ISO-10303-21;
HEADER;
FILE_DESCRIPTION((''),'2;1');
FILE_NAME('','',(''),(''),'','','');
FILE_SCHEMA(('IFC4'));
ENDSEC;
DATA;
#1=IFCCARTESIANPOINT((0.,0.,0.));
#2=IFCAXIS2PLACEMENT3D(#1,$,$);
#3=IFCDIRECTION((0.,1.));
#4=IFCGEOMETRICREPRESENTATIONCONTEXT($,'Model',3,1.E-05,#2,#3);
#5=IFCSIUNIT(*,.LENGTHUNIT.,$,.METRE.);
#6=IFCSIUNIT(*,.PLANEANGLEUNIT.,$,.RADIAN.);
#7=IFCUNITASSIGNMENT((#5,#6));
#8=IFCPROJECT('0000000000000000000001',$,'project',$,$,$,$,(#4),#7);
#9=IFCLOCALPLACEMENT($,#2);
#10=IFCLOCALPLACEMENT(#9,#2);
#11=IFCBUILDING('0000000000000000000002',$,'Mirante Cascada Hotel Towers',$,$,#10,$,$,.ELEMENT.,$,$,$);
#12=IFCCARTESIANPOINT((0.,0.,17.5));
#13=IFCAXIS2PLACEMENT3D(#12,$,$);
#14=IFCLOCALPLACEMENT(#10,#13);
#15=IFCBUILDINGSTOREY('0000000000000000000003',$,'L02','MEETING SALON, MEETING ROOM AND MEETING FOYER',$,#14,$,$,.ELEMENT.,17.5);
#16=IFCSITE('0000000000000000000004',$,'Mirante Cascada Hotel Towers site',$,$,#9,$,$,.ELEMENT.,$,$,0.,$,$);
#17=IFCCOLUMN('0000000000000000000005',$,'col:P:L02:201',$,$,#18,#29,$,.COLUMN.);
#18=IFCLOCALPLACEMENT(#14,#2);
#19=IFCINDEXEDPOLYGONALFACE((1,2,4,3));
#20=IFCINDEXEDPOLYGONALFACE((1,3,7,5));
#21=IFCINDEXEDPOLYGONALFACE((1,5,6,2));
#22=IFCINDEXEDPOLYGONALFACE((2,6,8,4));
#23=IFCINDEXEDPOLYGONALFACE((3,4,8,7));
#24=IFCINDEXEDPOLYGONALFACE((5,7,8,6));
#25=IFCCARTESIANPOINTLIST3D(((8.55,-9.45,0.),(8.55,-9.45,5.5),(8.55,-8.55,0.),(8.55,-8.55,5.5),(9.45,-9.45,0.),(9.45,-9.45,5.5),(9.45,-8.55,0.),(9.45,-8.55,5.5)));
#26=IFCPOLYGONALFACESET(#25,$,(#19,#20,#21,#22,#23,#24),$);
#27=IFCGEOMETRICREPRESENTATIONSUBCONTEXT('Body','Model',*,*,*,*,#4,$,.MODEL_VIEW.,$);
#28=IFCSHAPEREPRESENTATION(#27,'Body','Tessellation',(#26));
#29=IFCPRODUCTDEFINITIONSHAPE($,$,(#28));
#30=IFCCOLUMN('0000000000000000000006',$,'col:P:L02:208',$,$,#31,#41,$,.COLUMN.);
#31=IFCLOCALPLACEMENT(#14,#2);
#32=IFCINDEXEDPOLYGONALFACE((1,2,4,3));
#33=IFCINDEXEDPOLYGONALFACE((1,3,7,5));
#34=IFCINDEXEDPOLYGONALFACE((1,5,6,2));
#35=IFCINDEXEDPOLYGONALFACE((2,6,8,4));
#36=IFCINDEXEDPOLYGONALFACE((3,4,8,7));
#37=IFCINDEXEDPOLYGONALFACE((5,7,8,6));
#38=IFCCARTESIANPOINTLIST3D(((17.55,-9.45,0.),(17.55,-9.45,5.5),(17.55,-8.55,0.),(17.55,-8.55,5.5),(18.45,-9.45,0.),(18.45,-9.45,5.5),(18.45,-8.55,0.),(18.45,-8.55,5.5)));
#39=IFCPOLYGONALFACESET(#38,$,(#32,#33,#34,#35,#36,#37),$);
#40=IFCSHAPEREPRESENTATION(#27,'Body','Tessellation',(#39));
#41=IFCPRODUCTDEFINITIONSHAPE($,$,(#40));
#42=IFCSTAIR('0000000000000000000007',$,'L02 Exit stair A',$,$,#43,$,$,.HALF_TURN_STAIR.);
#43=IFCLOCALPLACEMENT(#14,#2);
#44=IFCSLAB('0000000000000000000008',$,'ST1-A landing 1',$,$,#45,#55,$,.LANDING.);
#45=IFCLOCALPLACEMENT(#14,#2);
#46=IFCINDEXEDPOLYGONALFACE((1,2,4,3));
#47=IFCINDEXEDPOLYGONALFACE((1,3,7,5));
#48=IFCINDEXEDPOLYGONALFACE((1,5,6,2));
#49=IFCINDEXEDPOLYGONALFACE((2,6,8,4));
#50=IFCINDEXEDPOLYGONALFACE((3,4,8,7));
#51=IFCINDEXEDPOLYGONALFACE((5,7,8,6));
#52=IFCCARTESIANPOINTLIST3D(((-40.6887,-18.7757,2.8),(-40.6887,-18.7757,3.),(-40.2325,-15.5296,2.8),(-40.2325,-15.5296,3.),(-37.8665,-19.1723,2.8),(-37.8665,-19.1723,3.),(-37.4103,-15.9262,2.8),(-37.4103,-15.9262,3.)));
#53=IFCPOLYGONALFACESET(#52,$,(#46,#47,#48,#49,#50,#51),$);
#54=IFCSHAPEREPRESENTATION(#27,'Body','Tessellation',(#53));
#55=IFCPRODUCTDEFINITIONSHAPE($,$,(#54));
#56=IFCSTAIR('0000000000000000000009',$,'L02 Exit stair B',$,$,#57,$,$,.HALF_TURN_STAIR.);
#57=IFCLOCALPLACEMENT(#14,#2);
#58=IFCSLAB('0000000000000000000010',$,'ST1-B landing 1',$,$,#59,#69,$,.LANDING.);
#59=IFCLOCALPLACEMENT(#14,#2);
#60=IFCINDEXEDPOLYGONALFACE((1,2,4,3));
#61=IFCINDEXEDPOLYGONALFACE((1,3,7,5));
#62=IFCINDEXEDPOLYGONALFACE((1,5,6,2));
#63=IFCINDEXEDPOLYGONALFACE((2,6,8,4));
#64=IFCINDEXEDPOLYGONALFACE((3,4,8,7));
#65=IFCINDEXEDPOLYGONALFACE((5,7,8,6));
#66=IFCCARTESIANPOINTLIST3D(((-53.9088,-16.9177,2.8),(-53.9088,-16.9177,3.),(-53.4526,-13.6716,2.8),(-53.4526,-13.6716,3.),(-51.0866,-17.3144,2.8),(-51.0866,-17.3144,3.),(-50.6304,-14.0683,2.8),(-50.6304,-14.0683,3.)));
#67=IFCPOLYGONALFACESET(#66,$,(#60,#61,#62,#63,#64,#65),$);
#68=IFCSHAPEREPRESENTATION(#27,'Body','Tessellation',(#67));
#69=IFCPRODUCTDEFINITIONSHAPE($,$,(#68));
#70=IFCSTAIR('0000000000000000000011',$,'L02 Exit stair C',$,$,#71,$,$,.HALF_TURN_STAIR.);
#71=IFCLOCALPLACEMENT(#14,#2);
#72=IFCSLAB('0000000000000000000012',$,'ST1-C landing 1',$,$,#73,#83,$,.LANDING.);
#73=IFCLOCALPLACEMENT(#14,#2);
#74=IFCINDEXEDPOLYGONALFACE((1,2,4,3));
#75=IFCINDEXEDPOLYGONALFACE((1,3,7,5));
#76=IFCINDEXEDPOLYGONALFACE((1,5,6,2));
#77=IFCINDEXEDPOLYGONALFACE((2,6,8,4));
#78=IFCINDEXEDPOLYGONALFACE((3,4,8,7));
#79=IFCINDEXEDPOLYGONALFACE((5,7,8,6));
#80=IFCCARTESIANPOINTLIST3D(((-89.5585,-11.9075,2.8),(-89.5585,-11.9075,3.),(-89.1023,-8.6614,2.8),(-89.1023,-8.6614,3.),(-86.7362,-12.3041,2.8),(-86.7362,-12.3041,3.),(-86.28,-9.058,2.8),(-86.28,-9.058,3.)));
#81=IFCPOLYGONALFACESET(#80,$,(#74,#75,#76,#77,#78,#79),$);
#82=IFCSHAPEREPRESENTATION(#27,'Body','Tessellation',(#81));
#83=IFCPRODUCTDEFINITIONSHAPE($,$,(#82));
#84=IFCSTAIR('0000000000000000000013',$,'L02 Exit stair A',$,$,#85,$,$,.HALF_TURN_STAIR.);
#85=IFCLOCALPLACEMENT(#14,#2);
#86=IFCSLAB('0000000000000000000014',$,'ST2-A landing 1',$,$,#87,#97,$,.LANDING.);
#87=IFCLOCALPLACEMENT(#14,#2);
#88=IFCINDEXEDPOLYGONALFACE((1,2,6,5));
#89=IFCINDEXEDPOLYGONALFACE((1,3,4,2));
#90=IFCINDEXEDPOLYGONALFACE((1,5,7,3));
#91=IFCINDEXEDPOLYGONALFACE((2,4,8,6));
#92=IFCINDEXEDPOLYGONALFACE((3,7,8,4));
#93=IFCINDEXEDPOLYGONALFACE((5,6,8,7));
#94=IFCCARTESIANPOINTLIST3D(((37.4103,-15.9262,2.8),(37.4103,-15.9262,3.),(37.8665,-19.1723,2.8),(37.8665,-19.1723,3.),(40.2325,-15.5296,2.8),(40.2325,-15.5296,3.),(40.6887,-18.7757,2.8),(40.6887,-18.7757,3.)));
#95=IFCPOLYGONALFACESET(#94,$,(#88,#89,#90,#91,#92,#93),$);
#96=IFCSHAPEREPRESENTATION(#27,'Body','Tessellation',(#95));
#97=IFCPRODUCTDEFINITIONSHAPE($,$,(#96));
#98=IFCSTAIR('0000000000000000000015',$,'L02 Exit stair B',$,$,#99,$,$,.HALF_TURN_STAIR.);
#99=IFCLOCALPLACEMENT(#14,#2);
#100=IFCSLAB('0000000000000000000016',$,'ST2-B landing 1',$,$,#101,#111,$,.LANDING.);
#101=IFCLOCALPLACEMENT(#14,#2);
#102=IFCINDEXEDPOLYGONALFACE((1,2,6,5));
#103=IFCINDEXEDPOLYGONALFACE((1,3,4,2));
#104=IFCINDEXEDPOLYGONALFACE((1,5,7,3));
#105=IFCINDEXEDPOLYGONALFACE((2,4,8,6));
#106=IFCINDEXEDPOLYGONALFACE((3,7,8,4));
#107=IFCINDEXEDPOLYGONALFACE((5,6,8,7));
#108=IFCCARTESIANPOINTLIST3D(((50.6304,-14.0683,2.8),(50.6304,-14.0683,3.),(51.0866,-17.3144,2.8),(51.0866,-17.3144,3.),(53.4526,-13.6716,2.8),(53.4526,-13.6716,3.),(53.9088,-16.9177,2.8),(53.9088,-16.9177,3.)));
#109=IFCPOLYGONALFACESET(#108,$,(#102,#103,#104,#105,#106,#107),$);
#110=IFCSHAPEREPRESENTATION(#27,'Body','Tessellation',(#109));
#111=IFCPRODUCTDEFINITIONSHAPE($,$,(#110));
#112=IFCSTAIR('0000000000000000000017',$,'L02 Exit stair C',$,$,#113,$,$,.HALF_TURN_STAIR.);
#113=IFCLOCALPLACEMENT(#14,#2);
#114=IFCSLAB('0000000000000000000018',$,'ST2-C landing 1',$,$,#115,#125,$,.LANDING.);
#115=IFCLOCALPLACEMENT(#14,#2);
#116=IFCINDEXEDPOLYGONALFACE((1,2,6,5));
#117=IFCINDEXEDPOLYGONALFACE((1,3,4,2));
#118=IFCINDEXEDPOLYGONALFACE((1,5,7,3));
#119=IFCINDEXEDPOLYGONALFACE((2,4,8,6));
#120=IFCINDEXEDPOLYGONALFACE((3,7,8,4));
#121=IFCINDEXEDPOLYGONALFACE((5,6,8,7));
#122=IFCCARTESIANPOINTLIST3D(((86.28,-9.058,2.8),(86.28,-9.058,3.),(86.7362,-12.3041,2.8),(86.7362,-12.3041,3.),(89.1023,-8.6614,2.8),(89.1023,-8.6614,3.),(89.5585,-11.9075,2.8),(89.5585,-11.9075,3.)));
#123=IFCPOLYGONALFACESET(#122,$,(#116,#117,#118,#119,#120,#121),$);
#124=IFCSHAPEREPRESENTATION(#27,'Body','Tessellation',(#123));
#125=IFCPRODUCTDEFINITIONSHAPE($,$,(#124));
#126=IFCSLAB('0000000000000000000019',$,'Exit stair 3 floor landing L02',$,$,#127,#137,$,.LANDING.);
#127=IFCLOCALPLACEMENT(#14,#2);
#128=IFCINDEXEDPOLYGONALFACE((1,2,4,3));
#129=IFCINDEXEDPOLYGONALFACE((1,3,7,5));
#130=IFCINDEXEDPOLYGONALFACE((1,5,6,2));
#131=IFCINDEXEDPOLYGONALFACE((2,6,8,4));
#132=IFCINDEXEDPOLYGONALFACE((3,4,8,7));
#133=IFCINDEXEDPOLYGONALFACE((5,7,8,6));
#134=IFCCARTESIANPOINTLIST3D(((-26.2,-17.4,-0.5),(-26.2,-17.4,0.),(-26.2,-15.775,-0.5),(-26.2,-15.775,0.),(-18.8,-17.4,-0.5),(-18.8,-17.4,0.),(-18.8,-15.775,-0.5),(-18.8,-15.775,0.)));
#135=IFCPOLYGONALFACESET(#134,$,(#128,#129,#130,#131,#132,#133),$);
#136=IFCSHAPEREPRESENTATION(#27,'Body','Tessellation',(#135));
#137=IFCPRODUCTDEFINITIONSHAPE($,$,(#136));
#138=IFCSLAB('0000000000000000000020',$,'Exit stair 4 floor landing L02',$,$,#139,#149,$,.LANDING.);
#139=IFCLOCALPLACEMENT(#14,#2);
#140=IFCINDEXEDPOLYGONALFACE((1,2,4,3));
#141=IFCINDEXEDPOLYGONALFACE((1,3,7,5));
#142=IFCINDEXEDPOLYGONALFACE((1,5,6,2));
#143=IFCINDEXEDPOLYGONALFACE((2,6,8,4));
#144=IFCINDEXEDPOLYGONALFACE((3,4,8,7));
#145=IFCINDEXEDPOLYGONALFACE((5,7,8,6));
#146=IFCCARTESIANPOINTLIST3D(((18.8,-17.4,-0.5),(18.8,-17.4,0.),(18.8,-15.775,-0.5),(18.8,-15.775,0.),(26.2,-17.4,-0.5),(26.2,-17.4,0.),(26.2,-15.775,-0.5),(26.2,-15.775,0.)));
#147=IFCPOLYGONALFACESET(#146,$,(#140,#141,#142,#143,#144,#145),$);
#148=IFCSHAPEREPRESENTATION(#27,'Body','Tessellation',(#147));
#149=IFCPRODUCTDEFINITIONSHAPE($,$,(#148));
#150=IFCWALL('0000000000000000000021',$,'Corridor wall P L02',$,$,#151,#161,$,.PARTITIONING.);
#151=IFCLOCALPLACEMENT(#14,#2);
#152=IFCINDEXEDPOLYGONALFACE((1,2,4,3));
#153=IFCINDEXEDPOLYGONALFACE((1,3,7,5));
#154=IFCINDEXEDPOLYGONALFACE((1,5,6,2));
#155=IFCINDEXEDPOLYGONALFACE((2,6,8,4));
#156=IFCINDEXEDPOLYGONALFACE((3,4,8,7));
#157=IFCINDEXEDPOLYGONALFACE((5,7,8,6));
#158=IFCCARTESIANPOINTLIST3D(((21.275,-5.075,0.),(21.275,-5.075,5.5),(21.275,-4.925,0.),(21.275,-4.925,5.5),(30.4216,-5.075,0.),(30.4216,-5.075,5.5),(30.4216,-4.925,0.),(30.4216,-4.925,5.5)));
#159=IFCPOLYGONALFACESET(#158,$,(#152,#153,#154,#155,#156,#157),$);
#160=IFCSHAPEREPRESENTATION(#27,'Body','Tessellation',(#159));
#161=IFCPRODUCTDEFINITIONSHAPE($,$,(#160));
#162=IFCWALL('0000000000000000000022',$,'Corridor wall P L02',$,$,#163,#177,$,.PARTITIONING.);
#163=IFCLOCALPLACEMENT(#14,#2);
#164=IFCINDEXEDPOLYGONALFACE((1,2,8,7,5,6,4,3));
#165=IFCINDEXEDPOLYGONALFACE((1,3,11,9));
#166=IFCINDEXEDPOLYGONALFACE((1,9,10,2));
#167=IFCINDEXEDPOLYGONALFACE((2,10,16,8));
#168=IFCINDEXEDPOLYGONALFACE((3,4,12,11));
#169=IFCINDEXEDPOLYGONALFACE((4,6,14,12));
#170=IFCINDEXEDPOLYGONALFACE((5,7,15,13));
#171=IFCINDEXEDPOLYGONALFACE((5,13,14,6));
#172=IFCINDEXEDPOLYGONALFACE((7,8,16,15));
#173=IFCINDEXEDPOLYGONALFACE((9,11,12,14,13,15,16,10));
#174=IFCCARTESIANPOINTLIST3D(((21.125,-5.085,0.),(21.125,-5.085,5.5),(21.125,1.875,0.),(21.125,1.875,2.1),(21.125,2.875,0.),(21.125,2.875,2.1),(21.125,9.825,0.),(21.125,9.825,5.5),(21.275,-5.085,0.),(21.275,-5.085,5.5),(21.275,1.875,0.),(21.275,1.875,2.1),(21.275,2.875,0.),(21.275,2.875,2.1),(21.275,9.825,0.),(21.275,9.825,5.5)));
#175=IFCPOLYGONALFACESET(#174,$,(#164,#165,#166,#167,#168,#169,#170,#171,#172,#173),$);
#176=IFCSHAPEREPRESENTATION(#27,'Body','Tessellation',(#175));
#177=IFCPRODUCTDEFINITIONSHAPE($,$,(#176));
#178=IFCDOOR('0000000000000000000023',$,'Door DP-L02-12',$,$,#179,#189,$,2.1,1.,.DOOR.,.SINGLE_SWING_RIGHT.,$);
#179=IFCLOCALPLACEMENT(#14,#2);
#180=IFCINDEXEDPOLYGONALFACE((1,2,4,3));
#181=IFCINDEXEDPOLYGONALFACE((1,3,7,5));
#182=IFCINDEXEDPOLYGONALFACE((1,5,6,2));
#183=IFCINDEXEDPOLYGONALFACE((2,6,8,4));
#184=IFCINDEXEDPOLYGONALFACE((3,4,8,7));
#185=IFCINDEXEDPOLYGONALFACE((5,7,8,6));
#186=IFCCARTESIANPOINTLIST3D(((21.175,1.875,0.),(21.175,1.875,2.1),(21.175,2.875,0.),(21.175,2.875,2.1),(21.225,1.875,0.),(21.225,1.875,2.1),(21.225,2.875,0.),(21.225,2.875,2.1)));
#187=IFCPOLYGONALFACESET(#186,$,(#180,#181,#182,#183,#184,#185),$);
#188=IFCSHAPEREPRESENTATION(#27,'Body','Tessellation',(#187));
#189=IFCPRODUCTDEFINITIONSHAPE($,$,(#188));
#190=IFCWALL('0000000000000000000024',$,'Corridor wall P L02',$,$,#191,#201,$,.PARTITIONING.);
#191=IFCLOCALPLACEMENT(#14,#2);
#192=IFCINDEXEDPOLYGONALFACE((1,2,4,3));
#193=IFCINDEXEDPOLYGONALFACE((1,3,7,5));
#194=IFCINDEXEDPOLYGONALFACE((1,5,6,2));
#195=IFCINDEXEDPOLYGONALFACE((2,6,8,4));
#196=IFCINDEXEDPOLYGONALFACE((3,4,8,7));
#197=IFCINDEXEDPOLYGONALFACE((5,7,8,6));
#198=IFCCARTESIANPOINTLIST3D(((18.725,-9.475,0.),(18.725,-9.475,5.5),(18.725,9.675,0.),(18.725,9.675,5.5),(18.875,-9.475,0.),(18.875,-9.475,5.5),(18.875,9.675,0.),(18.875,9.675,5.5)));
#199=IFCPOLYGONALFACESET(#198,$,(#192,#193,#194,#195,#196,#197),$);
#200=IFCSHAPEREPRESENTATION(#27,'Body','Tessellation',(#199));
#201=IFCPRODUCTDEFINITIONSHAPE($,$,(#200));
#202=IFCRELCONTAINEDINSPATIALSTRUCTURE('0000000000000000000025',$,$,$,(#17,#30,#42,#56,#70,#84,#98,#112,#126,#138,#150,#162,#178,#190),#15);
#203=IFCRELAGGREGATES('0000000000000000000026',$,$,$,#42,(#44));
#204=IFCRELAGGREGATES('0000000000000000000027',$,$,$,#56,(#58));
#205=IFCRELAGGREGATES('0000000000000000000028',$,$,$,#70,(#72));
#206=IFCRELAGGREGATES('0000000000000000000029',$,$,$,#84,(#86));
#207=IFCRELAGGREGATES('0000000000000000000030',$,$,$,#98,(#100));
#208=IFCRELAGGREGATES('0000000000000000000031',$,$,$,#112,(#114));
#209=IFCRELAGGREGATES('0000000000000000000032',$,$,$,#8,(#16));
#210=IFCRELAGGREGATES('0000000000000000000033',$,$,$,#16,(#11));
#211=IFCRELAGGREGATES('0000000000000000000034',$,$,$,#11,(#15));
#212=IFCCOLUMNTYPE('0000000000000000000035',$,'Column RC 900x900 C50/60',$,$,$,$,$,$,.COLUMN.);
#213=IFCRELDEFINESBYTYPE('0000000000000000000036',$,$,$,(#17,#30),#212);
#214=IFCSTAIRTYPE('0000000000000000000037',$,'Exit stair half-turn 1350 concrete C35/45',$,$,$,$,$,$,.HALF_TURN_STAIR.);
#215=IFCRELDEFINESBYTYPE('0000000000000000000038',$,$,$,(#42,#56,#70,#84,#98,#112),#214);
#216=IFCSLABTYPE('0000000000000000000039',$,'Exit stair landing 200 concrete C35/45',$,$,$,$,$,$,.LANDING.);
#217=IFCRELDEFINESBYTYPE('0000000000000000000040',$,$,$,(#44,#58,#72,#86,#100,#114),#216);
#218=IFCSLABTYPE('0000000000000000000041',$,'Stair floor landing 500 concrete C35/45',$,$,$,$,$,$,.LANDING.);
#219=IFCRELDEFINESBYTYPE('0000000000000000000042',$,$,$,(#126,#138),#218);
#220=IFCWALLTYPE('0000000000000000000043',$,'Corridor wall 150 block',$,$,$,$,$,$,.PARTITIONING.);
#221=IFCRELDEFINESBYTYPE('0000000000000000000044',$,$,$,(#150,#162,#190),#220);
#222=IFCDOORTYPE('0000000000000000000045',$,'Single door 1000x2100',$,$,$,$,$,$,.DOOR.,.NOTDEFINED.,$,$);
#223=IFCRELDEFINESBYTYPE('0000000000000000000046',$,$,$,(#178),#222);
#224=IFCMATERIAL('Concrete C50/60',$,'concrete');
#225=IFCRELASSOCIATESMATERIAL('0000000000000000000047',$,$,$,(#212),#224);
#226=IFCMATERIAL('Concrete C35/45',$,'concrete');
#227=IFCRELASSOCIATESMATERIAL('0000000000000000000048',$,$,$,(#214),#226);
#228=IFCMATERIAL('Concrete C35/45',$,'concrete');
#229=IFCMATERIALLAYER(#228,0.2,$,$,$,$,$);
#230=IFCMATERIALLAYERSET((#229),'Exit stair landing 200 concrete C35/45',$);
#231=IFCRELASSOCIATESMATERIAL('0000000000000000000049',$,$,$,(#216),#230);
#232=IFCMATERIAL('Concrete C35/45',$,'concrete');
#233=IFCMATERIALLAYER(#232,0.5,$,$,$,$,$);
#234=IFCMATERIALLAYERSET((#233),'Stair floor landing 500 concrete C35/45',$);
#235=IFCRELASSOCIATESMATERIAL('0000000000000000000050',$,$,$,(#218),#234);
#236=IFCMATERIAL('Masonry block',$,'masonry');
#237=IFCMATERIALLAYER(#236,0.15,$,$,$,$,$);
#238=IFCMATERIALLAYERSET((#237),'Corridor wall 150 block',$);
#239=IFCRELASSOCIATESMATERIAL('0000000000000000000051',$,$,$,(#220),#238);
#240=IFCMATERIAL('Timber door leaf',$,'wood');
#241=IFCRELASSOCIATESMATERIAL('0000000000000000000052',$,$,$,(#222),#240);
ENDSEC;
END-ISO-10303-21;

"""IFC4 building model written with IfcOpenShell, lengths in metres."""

from ifc_helpers import new_model, si_unit, direction, frame, frame_2d, origin, origin_2d, place, context, subcontext, project, spatial, polyline, rectangle, outline, extrude, material, layer, layer_set, material_profile, profile_set, type_object, element, fill, aggregate, save


model = new_model("IFC4")

# Units and contexts
model_context = context("Model", 3, precision=1e-05, world=origin(), true_north=direction((0.0, 1.0)))
body_context = subcontext(model_context, "Body", "Model", "MODEL_VIEW")
ifc_project = project(units=[si_unit("LENGTHUNIT", "METRE"), si_unit("PLANEANGLEUNIT", "RADIAN")], contexts=[model_context])

# Site, building, storey
site_placement = place(None, origin())
site = spatial("IfcSite", under=ifc_project, at=site_placement, Name="Mirante Cascada Hotel Towers site", CompositionType="ELEMENT", RefElevation=0.0)
building_placement = place(site_placement, origin())
building = spatial("IfcBuilding", under=site, at=building_placement, Name="Mirante Cascada Hotel Towers", CompositionType="ELEMENT")
storey_placement = place(building_placement, frame((0.0, 0.0, 17.5)))
storey = spatial("IfcBuildingStorey", under=building, at=storey_placement, Name="L02", Description="MEETING SALON, MEETING ROOM AND MEETING FOYER", CompositionType="ELEMENT", Elevation=17.5)

# Columns
ifc_material_1 = material(Name="Concrete C50/60", Category="concrete")
ifc_material_profile = material_profile(ifc_material_1, rectangle(XDim=0.9, YDim=0.9, at=origin_2d()), Name="RC 900x900")
ifc_profile_set = profile_set([ifc_material_profile], Name="Concrete C50/60")
column_type = type_object("IfcColumnType", Name="Column RC 900x900 C50/60", PredefinedType="COLUMN", material=ifc_profile_set)
for number, where, z_axis, x_axis, name in (
    (1, (9.0, -9.0, 0.0), (0.0, 0.0, 1.0), (1.0, 0.0, 0.0), "col:P:L02:201"),
    (2, (18.0, -9.0, 0.0), (0.0, 0.0, 1.0), (1.0, 0.0, 0.0), "col:P:L02:208"),
):
    element("IfcColumn", number, at=place(storey_placement, frame(where, z_axis=z_axis, x_axis=x_axis)), inside=storey, type_object=column_type, Name=name, PredefinedType="COLUMN", context=body_context, shape_type="SweptSolid", body=[
        extrude(rectangle(XDim=0.9, YDim=0.9, at=origin_2d()), origin(), (0.0, 0.0, 1.0), 5.5),
    ])

# Stairs, slabs
ifc_material_2 = material(Name="Concrete C35/45", Category="concrete")
stair_type_1 = type_object("IfcStairType", Name="Exit stair half-turn 1350 concrete C35/45", PredefinedType="HALF_TURN_STAIR", material=ifc_material_2)
stair_1_placement = place(storey_placement, origin())
stair_1 = element("IfcStair", 3, at=stair_1_placement, inside=storey, type_object=stair_type_1, Name="L02 Exit stair A", PredefinedType="HALF_TURN_STAIR")
ifc_material_3 = material(Name="Concrete C35/45", Category="concrete")
ifc_layer_1 = layer(ifc_material_3, 0.2)
ifc_layer_set_1 = layer_set([ifc_layer_1], Name="Exit stair landing 200 concrete C35/45")
slab_type_1 = type_object("IfcSlabType", Name="Exit stair landing 200 concrete C35/45", PredefinedType="LANDING", material=ifc_layer_set_1)
slab_1_placement = place(storey_placement, frame((0.0, 0.0, 2.8)))
slab_1 = element("IfcSlab", 4, at=slab_1_placement, type_object=slab_type_1, Name="ST1-A landing 1", PredefinedType="LANDING", context=body_context, shape_type="SweptSolid", body=[
    extrude(outline(polyline([(-40.2325, -15.5296), (-40.6887, -18.7757), (-37.8665, -19.1723), (-37.4103, -15.9262), (-40.2325, -15.5296)])), origin(), (0.0, 0.0, 1.0), 0.2),
])
aggregate(stair_1, [slab_1])
stair_2_placement = place(storey_placement, origin())
stair_2 = element("IfcStair", 5, at=stair_2_placement, inside=storey, type_object=stair_type_1, Name="L02 Exit stair B", PredefinedType="HALF_TURN_STAIR")
slab_2_placement = place(storey_placement, frame((0.0, 0.0, 2.8)))
slab_2 = element("IfcSlab", 6, at=slab_2_placement, type_object=slab_type_1, Name="ST1-B landing 1", PredefinedType="LANDING", context=body_context, shape_type="SweptSolid", body=[
    extrude(outline(polyline([(-53.4526, -13.6716), (-53.9088, -16.9177), (-51.0866, -17.3144), (-50.6304, -14.0683), (-53.4526, -13.6716)])), origin(), (0.0, 0.0, 1.0), 0.2),
])
aggregate(stair_2, [slab_2])
stair_3_placement = place(storey_placement, origin())
stair_3 = element("IfcStair", 7, at=stair_3_placement, inside=storey, type_object=stair_type_1, Name="L02 Exit stair C", PredefinedType="HALF_TURN_STAIR")
slab_3_placement = place(storey_placement, frame((0.0, 0.0, 2.8)))
slab_3 = element("IfcSlab", 8, at=slab_3_placement, type_object=slab_type_1, Name="ST1-C landing 1", PredefinedType="LANDING", context=body_context, shape_type="SweptSolid", body=[
    extrude(outline(polyline([(-89.1023, -8.6614), (-89.5585, -11.9075), (-86.7362, -12.3041), (-86.28, -9.058), (-89.1023, -8.6614)])), origin(), (0.0, 0.0, 1.0), 0.2),
])
aggregate(stair_3, [slab_3])
stair_4_placement = place(storey_placement, origin())
stair_4 = element("IfcStair", 9, at=stair_4_placement, inside=storey, type_object=stair_type_1, Name="L02 Exit stair A", PredefinedType="HALF_TURN_STAIR")
slab_4_placement = place(storey_placement, frame((0.0, 0.0, 2.8)))
slab_4 = element("IfcSlab", 10, at=slab_4_placement, type_object=slab_type_1, Name="ST2-A landing 1", PredefinedType="LANDING", context=body_context, shape_type="SweptSolid", body=[
    extrude(outline(polyline([(37.4103, -15.9262), (37.8665, -19.1723), (40.6887, -18.7757), (40.2325, -15.5296), (37.4103, -15.9262)])), origin(), (0.0, 0.0, 1.0), 0.2),
])
aggregate(stair_4, [slab_4])
stair_5_placement = place(storey_placement, origin())
stair_5 = element("IfcStair", 11, at=stair_5_placement, inside=storey, type_object=stair_type_1, Name="L02 Exit stair B", PredefinedType="HALF_TURN_STAIR")
slab_5_placement = place(storey_placement, frame((0.0, 0.0, 2.8)))
slab_5 = element("IfcSlab", 12, at=slab_5_placement, type_object=slab_type_1, Name="ST2-B landing 1", PredefinedType="LANDING", context=body_context, shape_type="SweptSolid", body=[
    extrude(outline(polyline([(50.6304, -14.0683), (51.0866, -17.3144), (53.9088, -16.9177), (53.4526, -13.6716), (50.6304, -14.0683)])), origin(), (0.0, 0.0, 1.0), 0.2),
])
aggregate(stair_5, [slab_5])
stair_6_placement = place(storey_placement, origin())
stair_6 = element("IfcStair", 13, at=stair_6_placement, inside=storey, type_object=stair_type_1, Name="L02 Exit stair C", PredefinedType="HALF_TURN_STAIR")
slab_6_placement = place(storey_placement, frame((0.0, 0.0, 2.8)))
slab_6 = element("IfcSlab", 14, at=slab_6_placement, type_object=slab_type_1, Name="ST2-C landing 1", PredefinedType="LANDING", context=body_context, shape_type="SweptSolid", body=[
    extrude(outline(polyline([(86.28, -9.058), (86.7362, -12.3041), (89.5585, -11.9075), (89.1023, -8.6614), (86.28, -9.058)])), origin(), (0.0, 0.0, 1.0), 0.2),
])
aggregate(stair_6, [slab_6])

# Slabs
ifc_material_4 = material(Name="Concrete C35/45", Category="concrete")
ifc_layer_2 = layer(ifc_material_4, 0.5)
ifc_layer_set_2 = layer_set([ifc_layer_2], Name="Stair floor landing 500 concrete C35/45")
slab_type_2 = type_object("IfcSlabType", Name="Stair floor landing 500 concrete C35/45", PredefinedType="LANDING", material=ifc_layer_set_2)
slab_7_placement = place(storey_placement, frame((0.0, 0.0, -0.5)))
element("IfcSlab", 15, at=slab_7_placement, inside=storey, type_object=slab_type_2, Name="Exit stair 3 floor landing L02", PredefinedType="LANDING", context=body_context, shape_type="SweptSolid", body=[
    extrude(outline(polyline([(-26.2, -17.4), (-18.8, -17.4), (-18.8, -15.775), (-26.2, -15.775), (-26.2, -17.4)])), origin(), (0.0, 0.0, 1.0), 0.5),
])
slab_8_placement = place(storey_placement, frame((0.0, 0.0, -0.5)))
element("IfcSlab", 16, at=slab_8_placement, inside=storey, type_object=slab_type_2, Name="Exit stair 4 floor landing L02", PredefinedType="LANDING", context=body_context, shape_type="SweptSolid", body=[
    extrude(outline(polyline([(18.8, -17.4), (26.2, -17.4), (26.2, -15.775), (18.8, -15.775), (18.8, -17.4)])), origin(), (0.0, 0.0, 1.0), 0.5),
])

# Wall
ifc_material_5 = material(Name="Masonry block", Category="masonry")
ifc_layer_3 = layer(ifc_material_5, 0.15)
ifc_layer_set_3 = layer_set([ifc_layer_3], Name="Corridor wall 150 block")
wall_type_1 = type_object("IfcWallType", Name="Corridor wall 150 block", PredefinedType="PARTITIONING", material=ifc_layer_set_3)
wall_1_placement = place(storey_placement, frame((21.275, -5.0, 0.0), z_axis=(0.0, 0.0, 1.0), x_axis=(1.0, 0.0, 0.0)))
element("IfcWall", 17, at=wall_1_placement, inside=storey, type_object=wall_type_1, Name="Corridor wall P L02", PredefinedType="PARTITIONING", context=body_context, shape_type="SweptSolid", body=[
    extrude(rectangle(XDim=9.1466, YDim=0.15, at=frame_2d((4.5733, 0.0))), origin(), (0.0, 0.0, 1.0), 5.5),
])

# Wall, opening, door
wall_2_placement = place(storey_placement, frame((21.2, -5.085, 0.0), z_axis=(0.0, 0.0, 1.0), x_axis=(0.0, 1.0, 0.0)))
wall_2 = element("IfcWall", 18, at=wall_2_placement, inside=storey, type_object=wall_type_1, Name="Corridor wall P L02", PredefinedType="PARTITIONING", context=body_context, shape_type="SweptSolid", body=[
    extrude(rectangle(XDim=14.91, YDim=0.15, at=frame_2d((7.455, 0.0))), origin(), (0.0, 0.0, 1.0), 5.5),
])
opening_placement = place(wall_2_placement, frame((6.96, 0.0, 0.0)))
opening = element("IfcOpeningElement", 19, at=opening_placement, cuts=wall_2, PredefinedType="OPENING", context=body_context, shape_type="SweptSolid", body=[
    extrude(rectangle(XDim=1.0, YDim=2.1, at=frame_2d((0.5, 1.05))), frame((0.0, 0.075, 0.0), z_axis=(0.0, -1.0, 0.0), x_axis=(1.0, 0.0, 0.0)), (0.0, 0.0, 1.0), 0.15),
])
ifc_material_6 = material(Name="Timber door leaf", Category="wood")
door_type = type_object("IfcDoorType", Name="Single door 1000x2100", OperationType="NOTDEFINED", PredefinedType="DOOR", material=ifc_material_6)
door_placement = place(opening_placement, frame((1.0, 0.0, 0.0), z_axis=(0.0, 0.0, 1.0), x_axis=(-1.0, 0.0, 0.0)))
door = element("IfcDoor", 20, at=door_placement, inside=storey, type_object=door_type, Name="Door DP-L02-12", OperationType="SINGLE_SWING_RIGHT", OverallHeight=2.1, OverallWidth=1.0, PredefinedType="DOOR", context=body_context, shape_type="SweptSolid", body=[
    extrude(rectangle(XDim=1.0, YDim=2.1, at=frame_2d((0.5, 1.05))), frame((0.0, 0.025, 0.0), z_axis=(0.0, -1.0, 0.0), x_axis=(1.0, 0.0, 0.0)), (0.0, 0.0, 1.0), 0.05),
])
fill(opening, door)

# Wall
wall_3_placement = place(storey_placement, frame((18.8, -9.475, 0.0), z_axis=(0.0, 0.0, 1.0), x_axis=(0.0, 1.0, 0.0)))
element("IfcWall", 21, at=wall_3_placement, inside=storey, type_object=wall_type_1, Name="Corridor wall P L02", PredefinedType="PARTITIONING", context=body_context, shape_type="SweptSolid", body=[
    extrude(rectangle(XDim=19.15, YDim=0.15, at=frame_2d((9.575, 0.0))), origin(), (0.0, 0.0, 1.0), 5.5),
])

save(model, "model.ifc")
